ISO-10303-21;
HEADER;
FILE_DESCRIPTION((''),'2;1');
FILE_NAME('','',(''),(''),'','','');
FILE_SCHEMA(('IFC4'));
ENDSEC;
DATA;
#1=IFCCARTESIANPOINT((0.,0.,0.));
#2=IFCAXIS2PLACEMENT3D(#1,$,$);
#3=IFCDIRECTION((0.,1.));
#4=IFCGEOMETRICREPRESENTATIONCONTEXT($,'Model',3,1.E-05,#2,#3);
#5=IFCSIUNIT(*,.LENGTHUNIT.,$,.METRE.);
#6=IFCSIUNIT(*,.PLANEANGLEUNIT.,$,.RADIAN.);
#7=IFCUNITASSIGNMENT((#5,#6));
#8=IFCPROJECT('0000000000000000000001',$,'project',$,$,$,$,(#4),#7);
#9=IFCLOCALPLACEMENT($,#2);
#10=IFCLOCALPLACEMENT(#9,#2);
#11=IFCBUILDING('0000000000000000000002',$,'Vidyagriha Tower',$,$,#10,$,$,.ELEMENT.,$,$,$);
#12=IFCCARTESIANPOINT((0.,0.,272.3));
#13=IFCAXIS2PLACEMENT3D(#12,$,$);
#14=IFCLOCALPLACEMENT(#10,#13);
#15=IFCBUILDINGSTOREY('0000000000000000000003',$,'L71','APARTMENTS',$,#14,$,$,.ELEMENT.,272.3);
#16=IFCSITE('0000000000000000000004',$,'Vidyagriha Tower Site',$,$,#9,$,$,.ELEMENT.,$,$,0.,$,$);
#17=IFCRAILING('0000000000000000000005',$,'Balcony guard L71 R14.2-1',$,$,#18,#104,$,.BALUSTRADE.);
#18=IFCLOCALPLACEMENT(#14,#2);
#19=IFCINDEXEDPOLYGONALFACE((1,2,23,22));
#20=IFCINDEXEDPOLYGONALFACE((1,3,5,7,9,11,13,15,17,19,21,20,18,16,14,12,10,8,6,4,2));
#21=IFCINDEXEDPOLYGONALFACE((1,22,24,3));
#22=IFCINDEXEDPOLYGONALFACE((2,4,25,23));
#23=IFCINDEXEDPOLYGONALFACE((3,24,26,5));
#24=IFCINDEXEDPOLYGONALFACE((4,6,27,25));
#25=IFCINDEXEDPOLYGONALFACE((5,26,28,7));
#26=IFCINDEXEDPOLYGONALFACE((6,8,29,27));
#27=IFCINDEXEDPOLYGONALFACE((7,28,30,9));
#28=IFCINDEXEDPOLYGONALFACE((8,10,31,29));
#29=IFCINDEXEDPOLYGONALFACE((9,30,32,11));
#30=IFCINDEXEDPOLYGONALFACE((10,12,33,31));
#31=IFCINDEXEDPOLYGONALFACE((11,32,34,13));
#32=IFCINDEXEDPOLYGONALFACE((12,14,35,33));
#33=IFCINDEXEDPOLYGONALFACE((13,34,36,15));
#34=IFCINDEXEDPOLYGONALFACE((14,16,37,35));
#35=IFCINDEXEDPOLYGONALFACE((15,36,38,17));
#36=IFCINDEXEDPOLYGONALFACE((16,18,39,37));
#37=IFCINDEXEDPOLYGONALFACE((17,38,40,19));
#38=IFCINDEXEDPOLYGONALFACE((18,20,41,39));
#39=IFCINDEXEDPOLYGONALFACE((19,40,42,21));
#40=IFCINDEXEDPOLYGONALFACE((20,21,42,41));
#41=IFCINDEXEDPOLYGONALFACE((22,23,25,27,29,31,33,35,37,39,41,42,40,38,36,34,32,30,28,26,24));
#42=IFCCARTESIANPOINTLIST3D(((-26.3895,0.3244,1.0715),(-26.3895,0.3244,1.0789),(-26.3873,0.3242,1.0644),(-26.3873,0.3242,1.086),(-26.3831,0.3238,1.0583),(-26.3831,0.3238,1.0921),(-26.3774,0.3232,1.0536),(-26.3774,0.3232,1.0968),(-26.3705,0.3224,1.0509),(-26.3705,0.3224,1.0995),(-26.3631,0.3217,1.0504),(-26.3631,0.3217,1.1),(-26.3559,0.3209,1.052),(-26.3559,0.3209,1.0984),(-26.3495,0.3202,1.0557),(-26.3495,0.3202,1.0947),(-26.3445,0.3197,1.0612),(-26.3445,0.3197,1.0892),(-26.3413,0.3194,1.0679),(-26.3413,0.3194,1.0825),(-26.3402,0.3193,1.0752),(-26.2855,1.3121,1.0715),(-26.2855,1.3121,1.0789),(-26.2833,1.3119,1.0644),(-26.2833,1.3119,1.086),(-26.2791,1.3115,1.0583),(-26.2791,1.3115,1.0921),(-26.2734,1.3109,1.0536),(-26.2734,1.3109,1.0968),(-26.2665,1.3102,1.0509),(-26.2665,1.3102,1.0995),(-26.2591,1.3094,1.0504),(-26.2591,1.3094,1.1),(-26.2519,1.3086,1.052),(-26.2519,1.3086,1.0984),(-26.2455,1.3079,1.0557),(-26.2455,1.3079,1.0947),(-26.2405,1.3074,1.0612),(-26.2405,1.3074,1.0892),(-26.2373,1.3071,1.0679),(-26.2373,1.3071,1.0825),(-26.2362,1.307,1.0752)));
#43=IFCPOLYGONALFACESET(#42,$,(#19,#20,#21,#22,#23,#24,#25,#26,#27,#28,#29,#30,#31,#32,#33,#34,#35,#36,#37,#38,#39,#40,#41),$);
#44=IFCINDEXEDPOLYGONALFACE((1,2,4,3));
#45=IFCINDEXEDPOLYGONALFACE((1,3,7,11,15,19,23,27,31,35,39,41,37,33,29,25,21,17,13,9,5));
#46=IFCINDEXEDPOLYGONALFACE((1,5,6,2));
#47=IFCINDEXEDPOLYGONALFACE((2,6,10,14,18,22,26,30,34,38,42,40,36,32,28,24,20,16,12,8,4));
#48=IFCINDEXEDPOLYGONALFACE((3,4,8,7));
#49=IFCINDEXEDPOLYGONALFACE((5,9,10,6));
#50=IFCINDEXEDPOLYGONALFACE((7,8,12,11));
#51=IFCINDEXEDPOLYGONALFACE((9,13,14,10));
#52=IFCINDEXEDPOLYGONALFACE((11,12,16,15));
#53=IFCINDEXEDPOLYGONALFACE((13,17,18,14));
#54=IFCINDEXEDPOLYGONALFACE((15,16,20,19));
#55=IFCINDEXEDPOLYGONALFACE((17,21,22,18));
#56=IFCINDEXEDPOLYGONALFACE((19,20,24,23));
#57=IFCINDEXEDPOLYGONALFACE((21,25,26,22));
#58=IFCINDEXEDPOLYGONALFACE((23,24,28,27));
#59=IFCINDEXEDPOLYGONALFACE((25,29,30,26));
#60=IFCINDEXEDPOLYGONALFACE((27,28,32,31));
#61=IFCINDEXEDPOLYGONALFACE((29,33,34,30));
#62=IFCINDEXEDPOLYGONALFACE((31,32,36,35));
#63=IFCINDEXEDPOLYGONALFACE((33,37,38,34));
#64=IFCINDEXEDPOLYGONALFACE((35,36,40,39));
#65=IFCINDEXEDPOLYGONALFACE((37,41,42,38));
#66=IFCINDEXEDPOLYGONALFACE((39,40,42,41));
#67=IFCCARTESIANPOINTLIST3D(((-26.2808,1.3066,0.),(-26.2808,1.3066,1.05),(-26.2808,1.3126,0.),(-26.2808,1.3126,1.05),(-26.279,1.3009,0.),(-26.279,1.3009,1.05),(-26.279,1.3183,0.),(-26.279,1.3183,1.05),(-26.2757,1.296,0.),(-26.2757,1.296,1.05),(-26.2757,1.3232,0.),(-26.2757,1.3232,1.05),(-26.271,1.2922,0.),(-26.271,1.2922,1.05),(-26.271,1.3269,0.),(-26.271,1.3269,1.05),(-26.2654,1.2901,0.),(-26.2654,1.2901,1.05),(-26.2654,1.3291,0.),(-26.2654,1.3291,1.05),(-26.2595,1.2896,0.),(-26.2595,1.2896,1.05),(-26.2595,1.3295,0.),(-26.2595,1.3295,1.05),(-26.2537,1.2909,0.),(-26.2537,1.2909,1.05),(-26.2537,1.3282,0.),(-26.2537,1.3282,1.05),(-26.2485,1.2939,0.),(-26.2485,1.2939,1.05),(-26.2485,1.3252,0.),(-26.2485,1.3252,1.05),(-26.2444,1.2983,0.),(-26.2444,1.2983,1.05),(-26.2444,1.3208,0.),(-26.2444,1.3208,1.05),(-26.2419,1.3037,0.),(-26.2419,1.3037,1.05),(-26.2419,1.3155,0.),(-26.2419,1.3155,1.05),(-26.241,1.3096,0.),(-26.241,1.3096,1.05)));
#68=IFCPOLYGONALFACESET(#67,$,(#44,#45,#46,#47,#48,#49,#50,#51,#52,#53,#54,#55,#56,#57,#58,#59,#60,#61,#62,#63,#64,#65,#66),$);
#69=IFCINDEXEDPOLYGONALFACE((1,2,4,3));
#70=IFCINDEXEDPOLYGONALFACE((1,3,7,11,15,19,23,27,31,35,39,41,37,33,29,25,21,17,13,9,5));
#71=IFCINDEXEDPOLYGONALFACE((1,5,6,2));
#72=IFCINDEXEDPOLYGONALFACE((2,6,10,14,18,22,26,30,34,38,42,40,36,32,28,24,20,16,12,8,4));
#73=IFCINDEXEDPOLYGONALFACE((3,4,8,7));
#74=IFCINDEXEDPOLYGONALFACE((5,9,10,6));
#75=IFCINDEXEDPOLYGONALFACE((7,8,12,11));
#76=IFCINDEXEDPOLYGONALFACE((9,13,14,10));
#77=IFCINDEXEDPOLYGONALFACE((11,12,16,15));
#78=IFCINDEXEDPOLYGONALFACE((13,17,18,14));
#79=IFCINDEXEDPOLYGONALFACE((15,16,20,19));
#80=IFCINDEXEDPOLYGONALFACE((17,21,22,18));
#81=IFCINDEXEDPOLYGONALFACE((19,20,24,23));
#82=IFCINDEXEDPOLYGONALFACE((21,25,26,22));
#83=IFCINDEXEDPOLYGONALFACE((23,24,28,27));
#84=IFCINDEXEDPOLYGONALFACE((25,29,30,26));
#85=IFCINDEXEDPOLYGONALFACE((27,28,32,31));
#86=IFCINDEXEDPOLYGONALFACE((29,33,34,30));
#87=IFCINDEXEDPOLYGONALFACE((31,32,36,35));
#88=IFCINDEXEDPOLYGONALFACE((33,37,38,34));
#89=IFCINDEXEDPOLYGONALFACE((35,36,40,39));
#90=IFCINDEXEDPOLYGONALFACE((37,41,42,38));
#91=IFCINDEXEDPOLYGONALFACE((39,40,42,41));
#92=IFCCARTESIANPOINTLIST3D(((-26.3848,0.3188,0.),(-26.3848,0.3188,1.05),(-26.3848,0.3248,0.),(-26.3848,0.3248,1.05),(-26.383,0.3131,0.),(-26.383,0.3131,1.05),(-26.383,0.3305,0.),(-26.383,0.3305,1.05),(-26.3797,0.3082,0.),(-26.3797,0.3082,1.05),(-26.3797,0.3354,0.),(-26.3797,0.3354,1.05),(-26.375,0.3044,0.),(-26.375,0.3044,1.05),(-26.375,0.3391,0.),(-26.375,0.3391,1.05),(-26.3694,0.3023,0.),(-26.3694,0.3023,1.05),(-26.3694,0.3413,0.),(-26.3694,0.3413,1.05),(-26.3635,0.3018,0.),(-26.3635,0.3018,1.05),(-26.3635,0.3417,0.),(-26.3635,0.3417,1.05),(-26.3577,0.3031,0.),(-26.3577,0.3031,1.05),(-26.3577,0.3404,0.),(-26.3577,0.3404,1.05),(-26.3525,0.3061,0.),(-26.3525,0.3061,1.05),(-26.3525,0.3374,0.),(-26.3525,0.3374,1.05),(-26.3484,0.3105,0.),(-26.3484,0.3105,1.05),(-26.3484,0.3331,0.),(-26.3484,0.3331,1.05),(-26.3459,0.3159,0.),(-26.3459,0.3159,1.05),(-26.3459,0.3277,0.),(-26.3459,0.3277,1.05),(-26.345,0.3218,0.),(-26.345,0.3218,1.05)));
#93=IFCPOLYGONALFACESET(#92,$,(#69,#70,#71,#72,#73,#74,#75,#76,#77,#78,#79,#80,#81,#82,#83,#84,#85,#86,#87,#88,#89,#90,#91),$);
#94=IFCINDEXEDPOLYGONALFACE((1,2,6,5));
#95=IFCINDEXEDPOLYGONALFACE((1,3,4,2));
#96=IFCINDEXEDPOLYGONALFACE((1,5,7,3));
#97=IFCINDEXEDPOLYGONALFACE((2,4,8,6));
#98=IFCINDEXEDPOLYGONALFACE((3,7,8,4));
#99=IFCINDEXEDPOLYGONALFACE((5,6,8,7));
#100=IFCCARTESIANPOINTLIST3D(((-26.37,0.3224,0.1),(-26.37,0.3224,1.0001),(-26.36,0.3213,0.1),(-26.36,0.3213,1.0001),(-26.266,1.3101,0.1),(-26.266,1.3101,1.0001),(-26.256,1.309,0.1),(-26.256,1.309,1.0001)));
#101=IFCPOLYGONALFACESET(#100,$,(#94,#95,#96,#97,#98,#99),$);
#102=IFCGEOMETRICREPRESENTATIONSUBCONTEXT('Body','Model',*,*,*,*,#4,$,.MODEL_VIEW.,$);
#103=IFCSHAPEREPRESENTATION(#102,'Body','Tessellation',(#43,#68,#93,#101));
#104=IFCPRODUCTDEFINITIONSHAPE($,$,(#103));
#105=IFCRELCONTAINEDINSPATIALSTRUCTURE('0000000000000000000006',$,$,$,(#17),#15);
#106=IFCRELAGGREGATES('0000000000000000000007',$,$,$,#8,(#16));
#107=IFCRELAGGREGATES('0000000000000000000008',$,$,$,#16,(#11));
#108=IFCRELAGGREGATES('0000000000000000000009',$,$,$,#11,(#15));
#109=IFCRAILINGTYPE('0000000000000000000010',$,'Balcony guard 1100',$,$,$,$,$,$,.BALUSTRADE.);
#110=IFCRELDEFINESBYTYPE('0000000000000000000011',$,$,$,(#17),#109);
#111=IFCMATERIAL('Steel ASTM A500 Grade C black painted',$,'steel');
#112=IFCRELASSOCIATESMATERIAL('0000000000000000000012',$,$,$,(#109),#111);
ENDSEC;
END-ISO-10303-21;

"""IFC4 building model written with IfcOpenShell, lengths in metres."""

from ifc_helpers import new_model, si_unit, direction, frame, origin, origin_2d, place, context, subcontext, project, spatial, rectangle, circle, extrude, material, type_object, element, save


model = new_model("IFC4")

# Units and contexts
model_context = context("Model", 3, precision=1e-05, world=origin(), true_north=direction((0.0, 1.0)))
body_context = subcontext(model_context, "Body", "Model", "MODEL_VIEW")
ifc_project = project(units=[si_unit("LENGTHUNIT", "METRE"), si_unit("PLANEANGLEUNIT", "RADIAN")], contexts=[model_context])

# Site, building, storey
site_placement = place(None, origin())
site = spatial("IfcSite", under=ifc_project, at=site_placement, Name="Vidyagriha Tower Site", CompositionType="ELEMENT", RefElevation=0.0)
building_placement = place(site_placement, origin())
building = spatial("IfcBuilding", under=site, at=building_placement, Name="Vidyagriha Tower", CompositionType="ELEMENT")
storey_placement = place(building_placement, frame((0.0, 0.0, 272.3)))
storey = spatial("IfcBuildingStorey", under=building, at=storey_placement, Name="L71", Description="APARTMENTS", CompositionType="ELEMENT", Elevation=272.3)

# Railing
ifc_material_1 = material(Name="Steel ASTM A500 Grade C black painted", Category="steel")
railing_type_1 = type_object("IfcRailingType", Name="Balcony guard 1100", PredefinedType="BALUSTRADE", material=ifc_material_1)
railing_1_placement = place(storey_placement, frame((-26.261, 1.3096, 0.0)))
element("IfcRailing", 1, at=railing_1_placement, inside=storey, type_object=railing_type_1, Name="Balcony guard L71 R14.2-1", PredefinedType="BALUSTRADE", context=body_context, shape_type="SweptSolid", body=[
    extrude(circle(Radius=0.0249, at=origin_2d()), frame((0.0, 0.0, 1.0752), z_axis=(-0.10471, -0.994503, 0.0), x_axis=(0.994503, -0.10471, 0.0)), (0.0, 0.0, 1.0), 0.9932),
    extrude(circle(Radius=0.02, at=origin_2d()), origin(), (0.0, 0.0, 1.0), 1.05),
    extrude(circle(Radius=0.02, at=origin_2d()), frame((-0.104, -0.9878, 0.0)), (0.0, 0.0, 1.0), 1.05),
    extrude(rectangle(XDim=0.01, YDim=0.9001, at=origin_2d()), frame((0.0, 0.0, 0.55), z_axis=(-0.10471, -0.994503, 0.0), x_axis=(0.994503, -0.10471, 0.0)), (0.0, 0.0, 1.0), 0.9932),
])

save(model, "model.ifc")
